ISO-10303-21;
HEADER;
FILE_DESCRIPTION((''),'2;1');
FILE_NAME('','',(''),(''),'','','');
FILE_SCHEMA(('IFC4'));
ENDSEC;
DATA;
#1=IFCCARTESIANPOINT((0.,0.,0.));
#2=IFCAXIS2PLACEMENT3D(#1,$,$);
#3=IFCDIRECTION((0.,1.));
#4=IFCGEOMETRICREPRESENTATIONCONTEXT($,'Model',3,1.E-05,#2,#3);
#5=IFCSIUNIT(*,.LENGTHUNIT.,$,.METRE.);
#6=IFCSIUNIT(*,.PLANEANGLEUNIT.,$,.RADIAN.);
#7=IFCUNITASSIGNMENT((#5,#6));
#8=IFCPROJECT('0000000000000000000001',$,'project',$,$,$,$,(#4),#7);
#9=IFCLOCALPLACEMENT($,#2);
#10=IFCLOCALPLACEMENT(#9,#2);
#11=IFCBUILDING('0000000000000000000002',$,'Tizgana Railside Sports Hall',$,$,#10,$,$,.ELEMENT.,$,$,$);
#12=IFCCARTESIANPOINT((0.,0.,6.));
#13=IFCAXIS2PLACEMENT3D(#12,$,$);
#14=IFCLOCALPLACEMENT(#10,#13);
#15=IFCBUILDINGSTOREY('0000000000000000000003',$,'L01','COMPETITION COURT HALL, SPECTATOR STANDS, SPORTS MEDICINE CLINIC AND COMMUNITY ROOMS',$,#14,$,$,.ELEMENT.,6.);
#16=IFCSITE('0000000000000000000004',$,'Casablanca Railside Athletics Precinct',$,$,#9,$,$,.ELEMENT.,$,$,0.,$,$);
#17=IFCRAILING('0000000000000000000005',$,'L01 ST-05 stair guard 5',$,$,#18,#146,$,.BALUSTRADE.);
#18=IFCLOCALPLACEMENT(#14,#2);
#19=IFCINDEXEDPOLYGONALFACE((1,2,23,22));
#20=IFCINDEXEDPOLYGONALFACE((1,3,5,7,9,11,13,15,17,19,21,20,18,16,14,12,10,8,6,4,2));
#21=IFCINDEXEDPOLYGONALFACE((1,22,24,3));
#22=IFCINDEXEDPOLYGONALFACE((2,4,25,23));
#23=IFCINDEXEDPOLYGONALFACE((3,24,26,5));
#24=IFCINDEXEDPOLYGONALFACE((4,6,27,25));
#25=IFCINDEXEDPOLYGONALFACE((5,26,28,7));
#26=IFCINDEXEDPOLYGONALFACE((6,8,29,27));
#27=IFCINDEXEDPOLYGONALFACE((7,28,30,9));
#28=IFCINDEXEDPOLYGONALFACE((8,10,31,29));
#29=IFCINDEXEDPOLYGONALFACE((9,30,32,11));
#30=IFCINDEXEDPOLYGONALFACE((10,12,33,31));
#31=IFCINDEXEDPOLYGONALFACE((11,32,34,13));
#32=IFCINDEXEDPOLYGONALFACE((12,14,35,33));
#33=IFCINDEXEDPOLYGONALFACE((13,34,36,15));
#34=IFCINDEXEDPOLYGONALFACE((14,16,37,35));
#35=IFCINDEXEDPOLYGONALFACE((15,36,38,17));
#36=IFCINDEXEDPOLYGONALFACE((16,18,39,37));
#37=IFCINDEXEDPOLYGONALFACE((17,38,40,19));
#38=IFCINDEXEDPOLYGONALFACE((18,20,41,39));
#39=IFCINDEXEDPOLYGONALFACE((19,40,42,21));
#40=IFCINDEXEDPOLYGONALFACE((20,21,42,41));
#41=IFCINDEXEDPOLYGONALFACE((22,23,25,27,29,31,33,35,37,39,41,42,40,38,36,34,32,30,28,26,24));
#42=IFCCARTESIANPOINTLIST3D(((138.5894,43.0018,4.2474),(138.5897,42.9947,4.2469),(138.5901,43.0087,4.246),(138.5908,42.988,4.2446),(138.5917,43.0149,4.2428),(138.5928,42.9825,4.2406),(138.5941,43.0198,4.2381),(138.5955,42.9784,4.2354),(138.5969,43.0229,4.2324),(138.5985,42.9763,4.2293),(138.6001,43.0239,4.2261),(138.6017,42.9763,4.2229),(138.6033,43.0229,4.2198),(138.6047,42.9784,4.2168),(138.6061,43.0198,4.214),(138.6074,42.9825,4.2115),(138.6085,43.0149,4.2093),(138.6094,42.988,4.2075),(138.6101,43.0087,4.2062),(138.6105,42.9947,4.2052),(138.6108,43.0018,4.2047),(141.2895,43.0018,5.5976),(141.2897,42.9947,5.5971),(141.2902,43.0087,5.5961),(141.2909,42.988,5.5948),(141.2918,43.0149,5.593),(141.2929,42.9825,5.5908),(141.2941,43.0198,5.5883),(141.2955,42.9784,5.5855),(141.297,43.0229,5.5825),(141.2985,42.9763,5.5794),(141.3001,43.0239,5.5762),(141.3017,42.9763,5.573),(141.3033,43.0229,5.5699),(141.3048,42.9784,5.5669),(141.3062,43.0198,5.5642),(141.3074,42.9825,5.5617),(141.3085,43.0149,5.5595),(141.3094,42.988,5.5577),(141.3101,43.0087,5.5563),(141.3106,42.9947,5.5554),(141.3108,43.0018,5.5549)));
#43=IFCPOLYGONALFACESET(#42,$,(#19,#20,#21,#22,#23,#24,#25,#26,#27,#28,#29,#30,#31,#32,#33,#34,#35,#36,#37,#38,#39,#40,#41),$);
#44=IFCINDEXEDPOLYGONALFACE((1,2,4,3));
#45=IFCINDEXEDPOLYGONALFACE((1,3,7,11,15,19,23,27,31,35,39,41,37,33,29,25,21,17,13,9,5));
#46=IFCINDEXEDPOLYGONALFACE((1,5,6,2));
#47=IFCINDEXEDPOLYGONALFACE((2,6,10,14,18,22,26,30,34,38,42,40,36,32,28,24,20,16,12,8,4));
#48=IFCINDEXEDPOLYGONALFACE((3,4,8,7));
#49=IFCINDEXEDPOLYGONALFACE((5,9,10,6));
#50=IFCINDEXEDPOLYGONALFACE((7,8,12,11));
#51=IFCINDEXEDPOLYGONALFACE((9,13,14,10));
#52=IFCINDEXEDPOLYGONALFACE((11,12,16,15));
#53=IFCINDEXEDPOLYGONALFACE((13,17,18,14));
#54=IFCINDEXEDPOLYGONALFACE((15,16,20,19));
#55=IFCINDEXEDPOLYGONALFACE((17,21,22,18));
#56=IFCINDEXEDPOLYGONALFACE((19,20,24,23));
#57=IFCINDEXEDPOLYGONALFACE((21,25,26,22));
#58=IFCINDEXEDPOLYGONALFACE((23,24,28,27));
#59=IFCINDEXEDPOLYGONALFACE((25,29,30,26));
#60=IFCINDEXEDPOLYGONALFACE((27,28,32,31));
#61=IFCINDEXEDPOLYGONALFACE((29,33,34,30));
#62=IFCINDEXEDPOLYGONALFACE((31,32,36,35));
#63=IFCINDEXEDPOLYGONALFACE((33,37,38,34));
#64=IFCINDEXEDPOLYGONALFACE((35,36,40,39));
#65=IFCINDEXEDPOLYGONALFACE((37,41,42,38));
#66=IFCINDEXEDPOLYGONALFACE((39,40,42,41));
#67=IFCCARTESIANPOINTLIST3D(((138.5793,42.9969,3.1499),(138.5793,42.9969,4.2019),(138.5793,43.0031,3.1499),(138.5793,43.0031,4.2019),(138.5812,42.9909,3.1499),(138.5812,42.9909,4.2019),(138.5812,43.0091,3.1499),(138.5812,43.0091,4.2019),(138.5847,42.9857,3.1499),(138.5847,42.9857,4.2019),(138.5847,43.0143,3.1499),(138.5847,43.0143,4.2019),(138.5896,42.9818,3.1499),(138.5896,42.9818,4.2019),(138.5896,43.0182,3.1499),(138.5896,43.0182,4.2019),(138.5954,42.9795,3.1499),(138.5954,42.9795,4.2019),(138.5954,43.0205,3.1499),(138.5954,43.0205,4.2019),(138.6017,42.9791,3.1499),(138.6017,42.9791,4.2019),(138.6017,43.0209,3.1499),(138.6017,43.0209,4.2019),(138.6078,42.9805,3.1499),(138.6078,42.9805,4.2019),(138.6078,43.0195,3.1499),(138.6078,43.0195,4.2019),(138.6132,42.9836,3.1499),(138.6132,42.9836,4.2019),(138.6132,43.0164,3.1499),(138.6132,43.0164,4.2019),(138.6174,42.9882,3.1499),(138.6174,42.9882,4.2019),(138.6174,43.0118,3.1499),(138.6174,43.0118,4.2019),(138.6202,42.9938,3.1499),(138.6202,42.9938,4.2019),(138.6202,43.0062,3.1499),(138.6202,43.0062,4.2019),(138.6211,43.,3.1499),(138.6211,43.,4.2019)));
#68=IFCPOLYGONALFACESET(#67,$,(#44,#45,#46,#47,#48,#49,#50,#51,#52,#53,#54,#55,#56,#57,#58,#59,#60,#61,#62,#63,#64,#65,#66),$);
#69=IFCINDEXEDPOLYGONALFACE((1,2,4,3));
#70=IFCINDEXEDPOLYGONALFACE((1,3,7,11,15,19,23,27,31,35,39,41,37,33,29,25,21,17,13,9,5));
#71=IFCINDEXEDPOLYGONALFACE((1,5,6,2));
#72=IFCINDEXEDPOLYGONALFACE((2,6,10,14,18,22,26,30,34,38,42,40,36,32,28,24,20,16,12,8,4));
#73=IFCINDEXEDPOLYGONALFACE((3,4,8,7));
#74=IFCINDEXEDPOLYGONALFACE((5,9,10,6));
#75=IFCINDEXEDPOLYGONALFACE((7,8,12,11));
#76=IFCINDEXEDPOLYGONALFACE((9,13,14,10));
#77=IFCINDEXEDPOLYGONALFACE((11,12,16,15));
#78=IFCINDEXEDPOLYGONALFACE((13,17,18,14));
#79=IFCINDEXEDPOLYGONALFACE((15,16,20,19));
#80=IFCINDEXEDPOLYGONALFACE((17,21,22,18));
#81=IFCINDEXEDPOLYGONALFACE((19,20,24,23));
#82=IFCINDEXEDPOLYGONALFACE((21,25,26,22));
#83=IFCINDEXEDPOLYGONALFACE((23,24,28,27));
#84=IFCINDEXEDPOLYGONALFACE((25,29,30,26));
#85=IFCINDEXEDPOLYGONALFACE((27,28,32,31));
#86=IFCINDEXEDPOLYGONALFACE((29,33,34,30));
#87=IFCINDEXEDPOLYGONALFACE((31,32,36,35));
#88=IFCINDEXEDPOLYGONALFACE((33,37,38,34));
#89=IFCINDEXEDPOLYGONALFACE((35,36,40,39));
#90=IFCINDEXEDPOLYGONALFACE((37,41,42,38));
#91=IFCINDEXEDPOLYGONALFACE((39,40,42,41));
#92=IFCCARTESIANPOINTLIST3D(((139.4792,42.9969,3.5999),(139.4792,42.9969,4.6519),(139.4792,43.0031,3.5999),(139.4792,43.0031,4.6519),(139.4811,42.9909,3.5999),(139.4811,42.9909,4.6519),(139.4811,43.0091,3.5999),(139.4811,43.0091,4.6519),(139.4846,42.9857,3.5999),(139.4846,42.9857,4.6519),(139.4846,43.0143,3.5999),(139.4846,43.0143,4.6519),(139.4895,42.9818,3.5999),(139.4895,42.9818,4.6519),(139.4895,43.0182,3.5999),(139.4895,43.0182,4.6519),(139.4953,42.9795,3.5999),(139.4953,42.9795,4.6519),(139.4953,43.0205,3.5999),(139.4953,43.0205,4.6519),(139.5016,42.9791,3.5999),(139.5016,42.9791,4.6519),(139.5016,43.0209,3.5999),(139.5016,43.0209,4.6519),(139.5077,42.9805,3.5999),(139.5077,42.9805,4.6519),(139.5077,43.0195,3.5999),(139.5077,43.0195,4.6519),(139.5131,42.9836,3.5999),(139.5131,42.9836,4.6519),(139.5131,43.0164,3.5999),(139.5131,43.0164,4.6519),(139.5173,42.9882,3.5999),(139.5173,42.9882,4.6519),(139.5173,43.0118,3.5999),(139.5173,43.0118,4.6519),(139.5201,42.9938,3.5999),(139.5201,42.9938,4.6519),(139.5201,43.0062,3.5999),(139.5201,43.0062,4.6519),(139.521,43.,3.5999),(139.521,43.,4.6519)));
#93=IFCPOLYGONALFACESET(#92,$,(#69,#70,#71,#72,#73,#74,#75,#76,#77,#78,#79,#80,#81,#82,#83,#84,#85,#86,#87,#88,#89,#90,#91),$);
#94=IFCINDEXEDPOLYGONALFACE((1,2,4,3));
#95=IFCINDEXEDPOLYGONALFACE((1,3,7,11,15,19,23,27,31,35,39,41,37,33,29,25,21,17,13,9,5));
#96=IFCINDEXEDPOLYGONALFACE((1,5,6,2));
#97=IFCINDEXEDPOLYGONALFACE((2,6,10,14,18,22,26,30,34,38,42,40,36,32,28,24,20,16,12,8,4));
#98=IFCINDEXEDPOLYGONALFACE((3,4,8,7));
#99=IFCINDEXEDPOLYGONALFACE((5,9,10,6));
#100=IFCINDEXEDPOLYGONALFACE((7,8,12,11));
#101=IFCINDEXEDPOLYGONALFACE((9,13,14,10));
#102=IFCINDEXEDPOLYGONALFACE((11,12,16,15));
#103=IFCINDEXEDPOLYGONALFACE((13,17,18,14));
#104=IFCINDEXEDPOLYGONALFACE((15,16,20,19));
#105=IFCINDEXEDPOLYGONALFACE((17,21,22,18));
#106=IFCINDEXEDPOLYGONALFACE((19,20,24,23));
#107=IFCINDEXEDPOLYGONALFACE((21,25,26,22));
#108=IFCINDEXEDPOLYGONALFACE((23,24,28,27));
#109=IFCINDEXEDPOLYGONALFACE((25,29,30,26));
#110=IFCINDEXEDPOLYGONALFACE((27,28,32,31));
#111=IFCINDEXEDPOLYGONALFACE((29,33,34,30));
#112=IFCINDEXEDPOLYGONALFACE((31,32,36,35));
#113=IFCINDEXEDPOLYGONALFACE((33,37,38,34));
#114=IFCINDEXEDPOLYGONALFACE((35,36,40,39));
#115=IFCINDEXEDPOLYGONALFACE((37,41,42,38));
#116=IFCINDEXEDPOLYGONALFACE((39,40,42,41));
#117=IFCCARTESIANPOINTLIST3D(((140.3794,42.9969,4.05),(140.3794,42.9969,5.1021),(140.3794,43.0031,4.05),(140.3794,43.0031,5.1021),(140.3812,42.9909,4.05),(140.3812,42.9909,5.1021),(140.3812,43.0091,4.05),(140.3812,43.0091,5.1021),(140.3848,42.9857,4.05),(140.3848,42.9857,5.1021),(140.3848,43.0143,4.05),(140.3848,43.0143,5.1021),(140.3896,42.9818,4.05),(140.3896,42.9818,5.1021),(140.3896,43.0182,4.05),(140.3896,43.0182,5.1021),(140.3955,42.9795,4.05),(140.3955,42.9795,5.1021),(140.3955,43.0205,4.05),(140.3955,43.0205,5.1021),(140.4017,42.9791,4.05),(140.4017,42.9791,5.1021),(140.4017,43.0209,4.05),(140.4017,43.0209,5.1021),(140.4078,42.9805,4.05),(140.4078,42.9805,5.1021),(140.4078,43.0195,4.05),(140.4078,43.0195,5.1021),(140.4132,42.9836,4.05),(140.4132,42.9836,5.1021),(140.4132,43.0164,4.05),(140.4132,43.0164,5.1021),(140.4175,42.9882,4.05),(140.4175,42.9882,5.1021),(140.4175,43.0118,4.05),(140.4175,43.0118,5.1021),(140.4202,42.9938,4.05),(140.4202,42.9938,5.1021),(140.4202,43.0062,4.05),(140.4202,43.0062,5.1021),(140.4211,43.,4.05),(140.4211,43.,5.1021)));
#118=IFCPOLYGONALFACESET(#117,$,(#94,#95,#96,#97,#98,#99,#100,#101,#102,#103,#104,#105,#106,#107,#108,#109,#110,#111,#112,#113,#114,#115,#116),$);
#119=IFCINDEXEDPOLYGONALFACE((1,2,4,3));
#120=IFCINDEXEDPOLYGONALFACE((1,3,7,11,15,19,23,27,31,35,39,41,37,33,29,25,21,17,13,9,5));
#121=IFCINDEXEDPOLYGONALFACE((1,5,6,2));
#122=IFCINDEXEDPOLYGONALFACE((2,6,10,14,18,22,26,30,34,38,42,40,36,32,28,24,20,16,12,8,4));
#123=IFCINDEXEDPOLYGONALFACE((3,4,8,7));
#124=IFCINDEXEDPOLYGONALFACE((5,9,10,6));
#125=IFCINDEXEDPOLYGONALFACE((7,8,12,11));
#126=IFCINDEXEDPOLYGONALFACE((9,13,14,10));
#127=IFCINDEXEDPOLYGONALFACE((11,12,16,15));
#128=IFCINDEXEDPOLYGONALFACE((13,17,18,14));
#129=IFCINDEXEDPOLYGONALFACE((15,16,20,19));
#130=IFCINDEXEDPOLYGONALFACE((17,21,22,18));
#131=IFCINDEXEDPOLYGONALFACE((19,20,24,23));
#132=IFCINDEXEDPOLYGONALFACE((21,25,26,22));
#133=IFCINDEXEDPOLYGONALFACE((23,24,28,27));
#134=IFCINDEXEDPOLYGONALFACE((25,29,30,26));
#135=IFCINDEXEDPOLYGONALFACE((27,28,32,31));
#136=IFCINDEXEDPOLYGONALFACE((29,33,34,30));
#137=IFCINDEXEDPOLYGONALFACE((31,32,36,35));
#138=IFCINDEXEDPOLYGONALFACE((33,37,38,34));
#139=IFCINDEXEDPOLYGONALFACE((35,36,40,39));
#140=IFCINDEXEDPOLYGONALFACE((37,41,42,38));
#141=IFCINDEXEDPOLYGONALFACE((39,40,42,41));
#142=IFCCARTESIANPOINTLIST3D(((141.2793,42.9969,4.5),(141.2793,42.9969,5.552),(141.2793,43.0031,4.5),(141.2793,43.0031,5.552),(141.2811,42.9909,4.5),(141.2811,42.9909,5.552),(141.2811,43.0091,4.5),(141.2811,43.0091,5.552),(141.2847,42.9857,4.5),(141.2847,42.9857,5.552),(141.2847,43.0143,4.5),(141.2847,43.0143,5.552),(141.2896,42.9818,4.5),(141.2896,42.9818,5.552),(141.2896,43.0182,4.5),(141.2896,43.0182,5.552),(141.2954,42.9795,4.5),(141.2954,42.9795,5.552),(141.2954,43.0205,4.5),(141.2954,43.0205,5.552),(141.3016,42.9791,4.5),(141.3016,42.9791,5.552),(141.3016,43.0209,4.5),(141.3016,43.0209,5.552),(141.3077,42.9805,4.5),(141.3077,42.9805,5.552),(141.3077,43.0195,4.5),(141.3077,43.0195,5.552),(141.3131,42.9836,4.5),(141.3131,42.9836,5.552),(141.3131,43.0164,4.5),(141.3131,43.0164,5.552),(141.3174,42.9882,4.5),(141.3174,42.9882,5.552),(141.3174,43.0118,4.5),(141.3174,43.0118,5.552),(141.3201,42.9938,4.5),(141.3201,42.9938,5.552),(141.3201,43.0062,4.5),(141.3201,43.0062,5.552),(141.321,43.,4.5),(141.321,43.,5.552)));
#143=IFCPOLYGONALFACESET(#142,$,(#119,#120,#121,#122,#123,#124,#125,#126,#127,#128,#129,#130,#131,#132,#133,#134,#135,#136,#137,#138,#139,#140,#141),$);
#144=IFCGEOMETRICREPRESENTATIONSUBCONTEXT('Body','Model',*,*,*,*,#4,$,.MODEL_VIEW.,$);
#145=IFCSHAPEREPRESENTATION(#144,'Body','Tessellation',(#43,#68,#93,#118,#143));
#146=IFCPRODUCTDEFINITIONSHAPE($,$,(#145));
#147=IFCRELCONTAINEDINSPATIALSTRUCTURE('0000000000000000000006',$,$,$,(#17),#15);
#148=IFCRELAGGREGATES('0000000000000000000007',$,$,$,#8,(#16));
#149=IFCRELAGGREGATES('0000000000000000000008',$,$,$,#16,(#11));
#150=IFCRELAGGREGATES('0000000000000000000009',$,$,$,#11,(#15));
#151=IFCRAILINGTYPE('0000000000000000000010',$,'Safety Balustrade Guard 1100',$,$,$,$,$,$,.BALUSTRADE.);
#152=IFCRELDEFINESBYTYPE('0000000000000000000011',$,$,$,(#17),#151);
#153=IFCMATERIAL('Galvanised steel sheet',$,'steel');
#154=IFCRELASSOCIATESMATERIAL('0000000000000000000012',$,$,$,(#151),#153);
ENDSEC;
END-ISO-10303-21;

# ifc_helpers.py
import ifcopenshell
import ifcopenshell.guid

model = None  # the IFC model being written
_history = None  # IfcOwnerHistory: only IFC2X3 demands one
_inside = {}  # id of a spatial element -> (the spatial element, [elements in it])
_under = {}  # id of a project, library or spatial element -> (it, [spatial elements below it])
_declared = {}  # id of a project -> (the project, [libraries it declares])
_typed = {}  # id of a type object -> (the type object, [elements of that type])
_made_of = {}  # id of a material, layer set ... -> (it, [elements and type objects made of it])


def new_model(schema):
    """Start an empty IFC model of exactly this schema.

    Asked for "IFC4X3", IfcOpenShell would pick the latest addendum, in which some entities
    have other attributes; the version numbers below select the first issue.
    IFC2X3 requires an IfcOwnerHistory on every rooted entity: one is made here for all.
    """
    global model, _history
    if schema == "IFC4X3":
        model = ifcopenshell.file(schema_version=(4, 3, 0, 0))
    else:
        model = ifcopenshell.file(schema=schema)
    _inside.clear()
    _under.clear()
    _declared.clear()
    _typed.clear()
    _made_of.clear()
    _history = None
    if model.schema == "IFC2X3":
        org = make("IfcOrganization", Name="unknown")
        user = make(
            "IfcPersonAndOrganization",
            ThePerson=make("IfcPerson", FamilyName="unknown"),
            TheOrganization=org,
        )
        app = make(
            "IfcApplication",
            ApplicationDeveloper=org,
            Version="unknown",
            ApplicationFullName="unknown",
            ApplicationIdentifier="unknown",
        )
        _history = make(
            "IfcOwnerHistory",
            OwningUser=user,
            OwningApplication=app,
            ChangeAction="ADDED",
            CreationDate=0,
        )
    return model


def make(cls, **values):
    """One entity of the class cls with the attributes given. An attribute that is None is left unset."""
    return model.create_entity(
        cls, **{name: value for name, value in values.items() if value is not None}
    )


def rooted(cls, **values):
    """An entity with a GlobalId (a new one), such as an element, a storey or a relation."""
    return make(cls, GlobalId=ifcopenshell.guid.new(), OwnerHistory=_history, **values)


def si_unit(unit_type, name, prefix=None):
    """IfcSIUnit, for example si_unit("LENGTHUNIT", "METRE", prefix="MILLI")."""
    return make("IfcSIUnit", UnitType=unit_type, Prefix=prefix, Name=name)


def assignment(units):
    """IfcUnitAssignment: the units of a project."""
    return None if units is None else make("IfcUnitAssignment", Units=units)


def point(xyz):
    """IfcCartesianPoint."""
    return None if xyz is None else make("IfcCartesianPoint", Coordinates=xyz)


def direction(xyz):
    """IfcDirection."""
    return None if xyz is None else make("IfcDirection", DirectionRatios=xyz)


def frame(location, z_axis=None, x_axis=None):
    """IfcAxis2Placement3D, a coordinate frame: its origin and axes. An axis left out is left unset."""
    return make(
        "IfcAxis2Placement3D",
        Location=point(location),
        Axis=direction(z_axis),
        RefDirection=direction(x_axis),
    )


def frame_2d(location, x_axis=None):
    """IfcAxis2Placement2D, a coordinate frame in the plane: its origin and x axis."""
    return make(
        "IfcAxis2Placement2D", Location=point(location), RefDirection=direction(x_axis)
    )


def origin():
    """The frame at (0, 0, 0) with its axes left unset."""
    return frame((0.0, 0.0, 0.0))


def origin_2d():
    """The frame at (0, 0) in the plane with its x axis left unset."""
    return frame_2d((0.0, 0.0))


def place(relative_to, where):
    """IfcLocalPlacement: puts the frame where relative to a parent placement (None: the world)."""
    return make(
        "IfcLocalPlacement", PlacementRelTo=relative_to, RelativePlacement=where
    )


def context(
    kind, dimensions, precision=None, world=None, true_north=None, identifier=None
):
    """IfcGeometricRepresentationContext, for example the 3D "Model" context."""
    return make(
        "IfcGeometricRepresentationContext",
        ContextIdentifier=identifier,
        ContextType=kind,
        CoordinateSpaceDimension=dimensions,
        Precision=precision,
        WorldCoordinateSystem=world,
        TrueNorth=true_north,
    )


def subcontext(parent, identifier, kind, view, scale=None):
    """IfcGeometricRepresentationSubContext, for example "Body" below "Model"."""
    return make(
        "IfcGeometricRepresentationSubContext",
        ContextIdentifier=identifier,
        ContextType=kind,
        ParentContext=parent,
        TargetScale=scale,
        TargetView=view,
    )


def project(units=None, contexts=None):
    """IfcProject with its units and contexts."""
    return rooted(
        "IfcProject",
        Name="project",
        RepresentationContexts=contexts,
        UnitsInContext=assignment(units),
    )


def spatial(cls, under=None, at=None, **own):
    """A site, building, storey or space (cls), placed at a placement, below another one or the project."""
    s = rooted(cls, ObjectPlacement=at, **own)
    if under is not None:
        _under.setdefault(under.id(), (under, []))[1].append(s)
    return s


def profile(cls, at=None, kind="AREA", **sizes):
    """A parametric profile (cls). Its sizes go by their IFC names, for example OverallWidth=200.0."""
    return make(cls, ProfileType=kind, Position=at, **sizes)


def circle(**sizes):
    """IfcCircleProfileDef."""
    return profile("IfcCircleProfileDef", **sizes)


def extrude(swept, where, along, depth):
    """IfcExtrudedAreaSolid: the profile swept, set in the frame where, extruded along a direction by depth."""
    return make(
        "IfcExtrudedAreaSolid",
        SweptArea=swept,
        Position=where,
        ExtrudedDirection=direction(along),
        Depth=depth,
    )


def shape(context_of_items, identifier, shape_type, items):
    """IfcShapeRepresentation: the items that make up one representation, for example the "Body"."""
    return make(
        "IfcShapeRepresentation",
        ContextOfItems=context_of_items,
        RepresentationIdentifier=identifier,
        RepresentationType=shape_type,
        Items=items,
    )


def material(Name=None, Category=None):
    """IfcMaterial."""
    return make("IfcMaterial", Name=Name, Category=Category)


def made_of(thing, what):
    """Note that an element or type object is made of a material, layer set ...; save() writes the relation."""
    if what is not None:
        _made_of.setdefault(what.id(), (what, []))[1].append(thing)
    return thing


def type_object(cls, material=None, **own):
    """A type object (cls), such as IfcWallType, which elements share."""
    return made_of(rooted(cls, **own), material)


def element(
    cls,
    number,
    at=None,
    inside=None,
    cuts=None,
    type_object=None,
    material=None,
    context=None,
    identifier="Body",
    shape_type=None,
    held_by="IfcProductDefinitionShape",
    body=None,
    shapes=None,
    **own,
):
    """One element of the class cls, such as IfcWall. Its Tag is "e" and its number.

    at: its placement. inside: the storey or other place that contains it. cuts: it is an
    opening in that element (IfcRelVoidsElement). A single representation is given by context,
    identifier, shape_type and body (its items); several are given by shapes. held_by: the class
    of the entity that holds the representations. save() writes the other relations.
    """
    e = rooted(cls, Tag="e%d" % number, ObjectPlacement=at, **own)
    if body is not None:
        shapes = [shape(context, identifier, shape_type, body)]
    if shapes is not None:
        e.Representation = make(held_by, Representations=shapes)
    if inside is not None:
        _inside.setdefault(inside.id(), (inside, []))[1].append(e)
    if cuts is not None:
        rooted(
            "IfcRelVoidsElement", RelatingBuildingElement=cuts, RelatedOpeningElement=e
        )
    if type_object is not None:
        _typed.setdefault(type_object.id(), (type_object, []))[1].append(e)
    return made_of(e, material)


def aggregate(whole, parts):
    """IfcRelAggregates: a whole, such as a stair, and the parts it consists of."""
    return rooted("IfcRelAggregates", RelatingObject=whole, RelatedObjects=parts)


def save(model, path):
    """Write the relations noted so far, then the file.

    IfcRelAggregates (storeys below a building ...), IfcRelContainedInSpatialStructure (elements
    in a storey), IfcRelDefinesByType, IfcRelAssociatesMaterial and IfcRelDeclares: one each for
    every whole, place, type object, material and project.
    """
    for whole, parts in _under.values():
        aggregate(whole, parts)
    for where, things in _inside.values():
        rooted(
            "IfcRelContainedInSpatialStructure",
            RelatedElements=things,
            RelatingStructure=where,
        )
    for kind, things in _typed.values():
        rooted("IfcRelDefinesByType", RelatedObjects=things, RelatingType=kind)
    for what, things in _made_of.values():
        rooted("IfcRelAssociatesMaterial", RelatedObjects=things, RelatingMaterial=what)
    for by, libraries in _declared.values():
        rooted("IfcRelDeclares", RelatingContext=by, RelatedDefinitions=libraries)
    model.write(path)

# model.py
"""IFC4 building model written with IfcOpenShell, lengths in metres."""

from ifc_helpers import new_model, si_unit, direction, frame, origin, origin_2d, place, context, subcontext, project, spatial, circle, extrude, material, type_object, element, save


model = new_model("IFC4")

# Units and contexts
model_context = context("Model", 3, precision=1e-05, world=origin(), true_north=direction((0.0, 1.0)))
body_context = subcontext(model_context, "Body", "Model", "MODEL_VIEW")
ifc_project = project(units=[si_unit("LENGTHUNIT", "METRE"), si_unit("PLANEANGLEUNIT", "RADIAN")], contexts=[model_context])

# Site, building, storey
site_placement = place(None, origin())
site = spatial("IfcSite", under=ifc_project, at=site_placement, Name="Casablanca Railside Athletics Precinct", CompositionType="ELEMENT", RefElevation=0.0)
building_placement = place(site_placement, origin())
building = spatial("IfcBuilding", under=site, at=building_placement, Name="Tizgana Railside Sports Hall", CompositionType="ELEMENT")
storey_placement = place(building_placement, frame((0.0, 0.0, 6.0)))
storey = spatial("IfcBuildingStorey", under=building, at=storey_placement, Name="L01", Description="COMPETITION COURT HALL, SPECTATOR STANDS, SPORTS MEDICINE CLINIC AND COMMUNITY ROOMS", CompositionType="ELEMENT", Elevation=6.0)

# Railing
ifc_material_1 = material(Name="Galvanised steel sheet", Category="steel")
railing_type_1 = type_object("IfcRailingType", Name="Safety Balustrade Guard 1100", PredefinedType="BALUSTRADE", material=ifc_material_1)
railing_1_placement = place(storey_placement, frame((138.6001, 43.0, 3.1499)))
element("IfcRailing", 1, at=railing_1_placement, inside=storey, type_object=railing_type_1, Name="L01 ST-05 stair guard 5", PredefinedType="BALUSTRADE", context=body_context, shape_type="SweptSolid", body=[
    extrude(circle(Radius=0.0239, at=origin_2d()), frame((0.0, 0.0, 1.0762), z_axis=(0.894411, 0.0, 0.447246), x_axis=(0.0, 1.0, 0.0)), (0.0, 0.0, 1.0), 3.0188),
    extrude(circle(Radius=0.021, at=origin_2d()), origin(), (0.0, 0.0, 1.0), 1.052),
    extrude(circle(Radius=0.021, at=origin_2d()), frame((0.8999, 0.0, 0.45)), (0.0, 0.0, 1.0), 1.052),
    extrude(circle(Radius=0.021, at=origin_2d()), frame((1.8, 0.0, 0.9001)), (0.0, 0.0, 1.0), 1.052),
    extrude(circle(Radius=0.021, at=origin_2d()), frame((2.7, 0.0, 1.3501)), (0.0, 0.0, 1.0), 1.052),
])

save(model, "model.ifc")
